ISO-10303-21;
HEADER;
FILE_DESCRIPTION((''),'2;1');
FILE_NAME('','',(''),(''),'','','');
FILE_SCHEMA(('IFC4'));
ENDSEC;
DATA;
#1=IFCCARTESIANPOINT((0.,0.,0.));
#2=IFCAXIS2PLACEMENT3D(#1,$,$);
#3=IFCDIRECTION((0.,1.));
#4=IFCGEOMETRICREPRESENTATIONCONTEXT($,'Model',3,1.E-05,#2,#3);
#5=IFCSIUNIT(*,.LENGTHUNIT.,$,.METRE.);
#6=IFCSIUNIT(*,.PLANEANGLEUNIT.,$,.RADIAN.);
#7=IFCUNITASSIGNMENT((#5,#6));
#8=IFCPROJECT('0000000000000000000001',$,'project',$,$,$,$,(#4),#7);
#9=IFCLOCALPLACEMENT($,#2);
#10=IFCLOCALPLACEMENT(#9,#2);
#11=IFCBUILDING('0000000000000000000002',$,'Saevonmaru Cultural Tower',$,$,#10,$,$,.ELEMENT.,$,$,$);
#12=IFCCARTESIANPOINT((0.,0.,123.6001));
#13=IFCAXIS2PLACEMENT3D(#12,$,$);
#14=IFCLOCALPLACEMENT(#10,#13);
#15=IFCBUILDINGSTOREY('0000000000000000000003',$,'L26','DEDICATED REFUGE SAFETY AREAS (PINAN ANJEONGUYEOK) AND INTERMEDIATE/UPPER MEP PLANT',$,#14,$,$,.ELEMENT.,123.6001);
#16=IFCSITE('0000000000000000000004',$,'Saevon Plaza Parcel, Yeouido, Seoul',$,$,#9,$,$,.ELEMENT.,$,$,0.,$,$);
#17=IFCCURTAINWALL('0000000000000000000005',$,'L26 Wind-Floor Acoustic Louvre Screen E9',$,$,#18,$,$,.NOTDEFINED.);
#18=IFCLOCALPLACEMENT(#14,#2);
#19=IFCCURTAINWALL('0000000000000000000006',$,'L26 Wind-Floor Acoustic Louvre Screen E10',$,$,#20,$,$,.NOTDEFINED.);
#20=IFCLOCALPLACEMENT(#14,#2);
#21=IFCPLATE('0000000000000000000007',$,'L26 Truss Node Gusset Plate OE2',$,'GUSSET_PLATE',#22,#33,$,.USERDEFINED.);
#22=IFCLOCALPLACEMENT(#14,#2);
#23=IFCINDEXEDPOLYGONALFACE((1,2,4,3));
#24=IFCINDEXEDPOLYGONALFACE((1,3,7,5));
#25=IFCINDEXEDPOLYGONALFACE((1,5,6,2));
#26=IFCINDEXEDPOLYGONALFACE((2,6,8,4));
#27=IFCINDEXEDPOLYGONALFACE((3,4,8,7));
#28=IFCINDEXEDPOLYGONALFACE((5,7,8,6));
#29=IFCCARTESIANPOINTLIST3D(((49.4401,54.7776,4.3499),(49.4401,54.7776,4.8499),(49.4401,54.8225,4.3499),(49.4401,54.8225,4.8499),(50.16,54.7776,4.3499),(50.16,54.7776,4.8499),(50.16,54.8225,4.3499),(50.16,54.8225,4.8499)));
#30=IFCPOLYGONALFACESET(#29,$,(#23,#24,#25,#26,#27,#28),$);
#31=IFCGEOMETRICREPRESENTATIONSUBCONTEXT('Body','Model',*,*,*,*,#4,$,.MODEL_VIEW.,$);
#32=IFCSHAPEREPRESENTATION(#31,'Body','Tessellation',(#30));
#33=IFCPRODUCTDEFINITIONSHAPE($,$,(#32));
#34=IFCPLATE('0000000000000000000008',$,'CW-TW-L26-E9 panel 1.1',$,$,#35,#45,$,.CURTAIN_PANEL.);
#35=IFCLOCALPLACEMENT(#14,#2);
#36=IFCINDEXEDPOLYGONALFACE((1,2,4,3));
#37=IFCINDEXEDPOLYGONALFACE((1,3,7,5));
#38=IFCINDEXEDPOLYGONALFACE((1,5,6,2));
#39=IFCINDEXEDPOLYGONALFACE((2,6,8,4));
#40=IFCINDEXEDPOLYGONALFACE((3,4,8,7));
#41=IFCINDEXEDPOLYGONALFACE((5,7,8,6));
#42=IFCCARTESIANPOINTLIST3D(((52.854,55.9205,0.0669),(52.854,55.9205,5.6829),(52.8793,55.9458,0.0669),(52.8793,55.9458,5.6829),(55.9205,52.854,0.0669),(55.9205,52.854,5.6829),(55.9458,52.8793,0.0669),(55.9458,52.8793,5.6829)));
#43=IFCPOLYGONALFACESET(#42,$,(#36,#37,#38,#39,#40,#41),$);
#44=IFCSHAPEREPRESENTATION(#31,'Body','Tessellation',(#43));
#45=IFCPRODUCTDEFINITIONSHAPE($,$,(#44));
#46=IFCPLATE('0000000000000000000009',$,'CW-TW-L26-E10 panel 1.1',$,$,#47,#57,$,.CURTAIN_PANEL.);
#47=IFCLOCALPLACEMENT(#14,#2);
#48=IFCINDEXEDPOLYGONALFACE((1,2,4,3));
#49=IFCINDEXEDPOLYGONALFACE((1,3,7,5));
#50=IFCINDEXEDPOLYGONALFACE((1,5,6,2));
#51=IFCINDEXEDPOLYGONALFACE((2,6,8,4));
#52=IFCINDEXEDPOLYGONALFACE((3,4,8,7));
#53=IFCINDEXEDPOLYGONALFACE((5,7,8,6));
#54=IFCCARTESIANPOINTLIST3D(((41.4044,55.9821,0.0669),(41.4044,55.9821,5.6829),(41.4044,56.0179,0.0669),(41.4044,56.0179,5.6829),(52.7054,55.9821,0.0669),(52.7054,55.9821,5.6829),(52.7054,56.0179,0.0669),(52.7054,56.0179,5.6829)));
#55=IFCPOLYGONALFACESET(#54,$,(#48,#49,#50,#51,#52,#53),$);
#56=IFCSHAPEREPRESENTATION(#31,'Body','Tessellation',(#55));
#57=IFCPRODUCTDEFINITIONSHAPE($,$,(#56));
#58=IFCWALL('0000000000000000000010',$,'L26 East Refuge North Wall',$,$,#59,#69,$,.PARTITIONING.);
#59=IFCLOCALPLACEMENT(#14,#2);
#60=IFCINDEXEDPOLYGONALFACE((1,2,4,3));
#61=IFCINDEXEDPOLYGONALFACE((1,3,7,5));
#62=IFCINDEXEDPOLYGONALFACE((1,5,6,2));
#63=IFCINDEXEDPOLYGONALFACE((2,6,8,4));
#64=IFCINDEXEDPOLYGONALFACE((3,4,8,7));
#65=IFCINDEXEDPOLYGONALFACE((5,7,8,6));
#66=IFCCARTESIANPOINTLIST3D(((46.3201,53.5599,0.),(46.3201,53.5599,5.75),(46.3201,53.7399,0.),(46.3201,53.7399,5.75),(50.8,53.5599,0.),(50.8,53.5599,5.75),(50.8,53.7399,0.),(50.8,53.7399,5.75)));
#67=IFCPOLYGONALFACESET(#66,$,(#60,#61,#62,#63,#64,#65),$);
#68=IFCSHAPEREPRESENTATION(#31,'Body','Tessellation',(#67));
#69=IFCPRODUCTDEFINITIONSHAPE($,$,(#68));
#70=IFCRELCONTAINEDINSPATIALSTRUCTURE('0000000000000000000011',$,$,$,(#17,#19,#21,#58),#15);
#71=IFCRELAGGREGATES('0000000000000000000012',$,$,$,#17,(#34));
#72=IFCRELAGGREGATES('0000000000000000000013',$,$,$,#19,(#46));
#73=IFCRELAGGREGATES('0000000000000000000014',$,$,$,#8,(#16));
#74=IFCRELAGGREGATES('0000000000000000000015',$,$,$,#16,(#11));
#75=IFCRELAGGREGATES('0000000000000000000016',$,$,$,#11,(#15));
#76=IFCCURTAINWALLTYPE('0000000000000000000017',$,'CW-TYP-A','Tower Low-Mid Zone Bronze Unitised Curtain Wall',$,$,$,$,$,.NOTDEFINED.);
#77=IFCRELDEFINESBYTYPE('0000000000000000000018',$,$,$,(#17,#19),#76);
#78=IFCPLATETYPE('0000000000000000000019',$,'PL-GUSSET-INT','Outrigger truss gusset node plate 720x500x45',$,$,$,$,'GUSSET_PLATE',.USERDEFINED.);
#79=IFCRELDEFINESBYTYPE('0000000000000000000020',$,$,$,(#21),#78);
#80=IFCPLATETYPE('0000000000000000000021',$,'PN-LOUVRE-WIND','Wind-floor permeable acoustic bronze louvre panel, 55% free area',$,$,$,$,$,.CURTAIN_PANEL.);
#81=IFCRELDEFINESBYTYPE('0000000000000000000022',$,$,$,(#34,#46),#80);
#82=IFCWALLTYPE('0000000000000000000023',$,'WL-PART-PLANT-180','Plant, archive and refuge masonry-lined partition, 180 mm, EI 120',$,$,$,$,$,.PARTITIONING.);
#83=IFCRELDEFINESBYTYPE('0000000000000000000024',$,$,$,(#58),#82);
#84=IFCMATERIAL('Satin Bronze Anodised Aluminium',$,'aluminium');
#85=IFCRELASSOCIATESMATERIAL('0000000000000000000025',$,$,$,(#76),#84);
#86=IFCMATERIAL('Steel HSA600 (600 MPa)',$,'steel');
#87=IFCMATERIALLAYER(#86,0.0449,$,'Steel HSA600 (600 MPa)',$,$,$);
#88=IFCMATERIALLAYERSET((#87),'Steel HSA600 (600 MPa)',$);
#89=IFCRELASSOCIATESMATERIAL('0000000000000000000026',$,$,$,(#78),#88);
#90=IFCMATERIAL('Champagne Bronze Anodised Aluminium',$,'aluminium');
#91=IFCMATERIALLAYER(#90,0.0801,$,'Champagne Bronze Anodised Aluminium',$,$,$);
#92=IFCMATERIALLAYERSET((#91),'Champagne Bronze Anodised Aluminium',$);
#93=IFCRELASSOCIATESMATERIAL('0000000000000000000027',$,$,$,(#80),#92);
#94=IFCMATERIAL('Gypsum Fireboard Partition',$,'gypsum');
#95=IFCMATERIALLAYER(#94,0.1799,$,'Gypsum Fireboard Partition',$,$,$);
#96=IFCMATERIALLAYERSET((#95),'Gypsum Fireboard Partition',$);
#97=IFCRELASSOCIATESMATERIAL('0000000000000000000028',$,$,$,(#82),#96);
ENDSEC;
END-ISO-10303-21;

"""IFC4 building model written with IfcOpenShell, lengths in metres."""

from ifc_helpers import new_model, si_unit, direction, frame, frame_2d, origin, origin_2d, place, context, subcontext, project, spatial, rectangle, extrude, material, layer, layer_set, type_object, element, aggregate, save


model = new_model("IFC4")

# Units and contexts
model_context = context("Model", 3, precision=1e-05, world=origin(), true_north=direction((0.0, 1.0)))
body_context = subcontext(model_context, "Body", "Model", "MODEL_VIEW")
ifc_project = project(units=[si_unit("LENGTHUNIT", "METRE"), si_unit("PLANEANGLEUNIT", "RADIAN")], contexts=[model_context])

# Site, building, storey
site_placement = place(None, origin())
site = spatial("IfcSite", under=ifc_project, at=site_placement, Name="Saevon Plaza Parcel, Yeouido, Seoul", CompositionType="ELEMENT", RefElevation=0.0)
building_placement = place(site_placement, origin())
building = spatial("IfcBuilding", under=site, at=building_placement, Name="Saevonmaru Cultural Tower", CompositionType="ELEMENT")
storey_placement = place(building_placement, frame((0.0, 0.0, 123.6001)))
storey = spatial("IfcBuildingStorey", under=building, at=storey_placement, Name="L26", Description="DEDICATED REFUGE SAFETY AREAS (PINAN ANJEONGUYEOK) AND INTERMEDIATE/UPPER MEP PLANT", CompositionType="ELEMENT", Elevation=123.6001)

# Shared definitions
ifc_material_1 = material(Name="Steel HSA600 (600 MPa)", Category="steel")

# Curtain wall
ifc_material_2 = material(Name="Satin Bronze Anodised Aluminium", Category="aluminium")
curtain_wall_type = type_object("IfcCurtainWallType", Name="CW-TYP-A", Description="Tower Low-Mid Zone Bronze Unitised Curtain Wall", PredefinedType="NOTDEFINED", material=ifc_material_2)
curtain_wall_1_placement = place(storey_placement, origin())
curtain_wall_1 = element("IfcCurtainWall", 1, at=curtain_wall_1_placement, inside=storey, type_object=curtain_wall_type, Name="L26 Wind-Floor Acoustic Louvre Screen E9", PredefinedType="NOTDEFINED")

# Curtain wall
curtain_wall_2_placement = place(storey_placement, origin())
curtain_wall_2 = element("IfcCurtainWall", 2, at=curtain_wall_2_placement, inside=storey, type_object=curtain_wall_type, Name="L26 Wind-Floor Acoustic Louvre Screen E10", PredefinedType="NOTDEFINED")

# Plate
ifc_layer_1 = layer(ifc_material_1, 0.0449, Name="Steel HSA600 (600 MPa)")
ifc_layer_set_1 = layer_set([ifc_layer_1], Name="Steel HSA600 (600 MPa)")
plate_type_1 = type_object("IfcPlateType", Name="PL-GUSSET-INT", Description="Outrigger truss gusset node plate 720x500x45", ElementType="GUSSET_PLATE", PredefinedType="USERDEFINED", material=ifc_layer_set_1)
for number, where, z_axis, x_axis, name in (
    (3, (49.8, 54.8, 4.3499), (0.0, 0.0, 1.0), (1.0, 0.0, 0.0), "L26 Truss Node Gusset Plate OE2"),
):
    element("IfcPlate", number, at=place(storey_placement, frame(where, z_axis=z_axis, x_axis=x_axis)), inside=storey, type_object=plate_type_1, Name=name, ObjectType="GUSSET_PLATE", PredefinedType="USERDEFINED", context=body_context, shape_type="SweptSolid", body=[
        extrude(rectangle(XDim=0.72, YDim=0.0449, at=origin_2d()), origin(), (0.0, 0.0, 1.0), 0.5),
    ])

# Plates
ifc_material_3 = material(Name="Champagne Bronze Anodised Aluminium", Category="aluminium")
ifc_layer_2 = layer(ifc_material_3, 0.0801, Name="Champagne Bronze Anodised Aluminium")
ifc_layer_set_2 = layer_set([ifc_layer_2], Name="Champagne Bronze Anodised Aluminium")
plate_type_2 = type_object("IfcPlateType", Name="PN-LOUVRE-WIND", Description="Wind-floor permeable acoustic bronze louvre panel, 55% free area", PredefinedType="CURTAIN_PANEL", material=ifc_layer_set_2)
plate_1_placement = place(storey_placement, frame((54.3999, 54.3999, 0.0669), z_axis=(0.0, 0.0, 1.0), x_axis=(-0.707107, 0.707107, 0.0)))
plate_1 = element("IfcPlate", 4, at=plate_1_placement, type_object=plate_type_2, Name="CW-TW-L26-E9 panel 1.1", PredefinedType="CURTAIN_PANEL", context=body_context, shape_type="SweptSolid", body=[
    extrude(rectangle(XDim=4.3367, YDim=0.0359, at=origin_2d()), origin(), (0.0, 0.0, 1.0), 5.616),
])
aggregate(curtain_wall_1, [plate_1])
plate_2_placement = place(storey_placement, frame((47.0549, 56.0, 0.0669), z_axis=(0.0, 0.0, 1.0), x_axis=(-1.0, 0.0, 0.0)))
plate_2 = element("IfcPlate", 5, at=plate_2_placement, type_object=plate_type_2, Name="CW-TW-L26-E10 panel 1.1", PredefinedType="CURTAIN_PANEL", context=body_context, shape_type="SweptSolid", body=[
    extrude(rectangle(XDim=11.301, YDim=0.0359, at=origin_2d()), origin(), (0.0, 0.0, 1.0), 5.616),
])
aggregate(curtain_wall_2, [plate_2])

# Wall
ifc_material_4 = material(Name="Gypsum Fireboard Partition", Category="gypsum")
ifc_layer_3 = layer(ifc_material_4, 0.1799, Name="Gypsum Fireboard Partition")
ifc_layer_set_3 = layer_set([ifc_layer_3], Name="Gypsum Fireboard Partition")
wall_type = type_object("IfcWallType", Name="WL-PART-PLANT-180", Description="Plant, archive and refuge masonry-lined partition, 180 mm, EI 120", PredefinedType="PARTITIONING", material=ifc_layer_set_3)
wall_placement = place(storey_placement, frame((46.3201, 53.6499, 0.0), z_axis=(0.0, 0.0, 1.0), x_axis=(1.0, 0.0, 0.0)))
element("IfcWall", 6, at=wall_placement, inside=storey, type_object=wall_type, Name="L26 East Refuge North Wall", PredefinedType="PARTITIONING", context=body_context, shape_type="SweptSolid", body=[
    extrude(rectangle(XDim=4.48, YDim=0.1799, at=frame_2d((2.24, 0.0))), origin(), (0.0, 0.0, 1.0), 5.75),
])

save(model, "model.ifc")
